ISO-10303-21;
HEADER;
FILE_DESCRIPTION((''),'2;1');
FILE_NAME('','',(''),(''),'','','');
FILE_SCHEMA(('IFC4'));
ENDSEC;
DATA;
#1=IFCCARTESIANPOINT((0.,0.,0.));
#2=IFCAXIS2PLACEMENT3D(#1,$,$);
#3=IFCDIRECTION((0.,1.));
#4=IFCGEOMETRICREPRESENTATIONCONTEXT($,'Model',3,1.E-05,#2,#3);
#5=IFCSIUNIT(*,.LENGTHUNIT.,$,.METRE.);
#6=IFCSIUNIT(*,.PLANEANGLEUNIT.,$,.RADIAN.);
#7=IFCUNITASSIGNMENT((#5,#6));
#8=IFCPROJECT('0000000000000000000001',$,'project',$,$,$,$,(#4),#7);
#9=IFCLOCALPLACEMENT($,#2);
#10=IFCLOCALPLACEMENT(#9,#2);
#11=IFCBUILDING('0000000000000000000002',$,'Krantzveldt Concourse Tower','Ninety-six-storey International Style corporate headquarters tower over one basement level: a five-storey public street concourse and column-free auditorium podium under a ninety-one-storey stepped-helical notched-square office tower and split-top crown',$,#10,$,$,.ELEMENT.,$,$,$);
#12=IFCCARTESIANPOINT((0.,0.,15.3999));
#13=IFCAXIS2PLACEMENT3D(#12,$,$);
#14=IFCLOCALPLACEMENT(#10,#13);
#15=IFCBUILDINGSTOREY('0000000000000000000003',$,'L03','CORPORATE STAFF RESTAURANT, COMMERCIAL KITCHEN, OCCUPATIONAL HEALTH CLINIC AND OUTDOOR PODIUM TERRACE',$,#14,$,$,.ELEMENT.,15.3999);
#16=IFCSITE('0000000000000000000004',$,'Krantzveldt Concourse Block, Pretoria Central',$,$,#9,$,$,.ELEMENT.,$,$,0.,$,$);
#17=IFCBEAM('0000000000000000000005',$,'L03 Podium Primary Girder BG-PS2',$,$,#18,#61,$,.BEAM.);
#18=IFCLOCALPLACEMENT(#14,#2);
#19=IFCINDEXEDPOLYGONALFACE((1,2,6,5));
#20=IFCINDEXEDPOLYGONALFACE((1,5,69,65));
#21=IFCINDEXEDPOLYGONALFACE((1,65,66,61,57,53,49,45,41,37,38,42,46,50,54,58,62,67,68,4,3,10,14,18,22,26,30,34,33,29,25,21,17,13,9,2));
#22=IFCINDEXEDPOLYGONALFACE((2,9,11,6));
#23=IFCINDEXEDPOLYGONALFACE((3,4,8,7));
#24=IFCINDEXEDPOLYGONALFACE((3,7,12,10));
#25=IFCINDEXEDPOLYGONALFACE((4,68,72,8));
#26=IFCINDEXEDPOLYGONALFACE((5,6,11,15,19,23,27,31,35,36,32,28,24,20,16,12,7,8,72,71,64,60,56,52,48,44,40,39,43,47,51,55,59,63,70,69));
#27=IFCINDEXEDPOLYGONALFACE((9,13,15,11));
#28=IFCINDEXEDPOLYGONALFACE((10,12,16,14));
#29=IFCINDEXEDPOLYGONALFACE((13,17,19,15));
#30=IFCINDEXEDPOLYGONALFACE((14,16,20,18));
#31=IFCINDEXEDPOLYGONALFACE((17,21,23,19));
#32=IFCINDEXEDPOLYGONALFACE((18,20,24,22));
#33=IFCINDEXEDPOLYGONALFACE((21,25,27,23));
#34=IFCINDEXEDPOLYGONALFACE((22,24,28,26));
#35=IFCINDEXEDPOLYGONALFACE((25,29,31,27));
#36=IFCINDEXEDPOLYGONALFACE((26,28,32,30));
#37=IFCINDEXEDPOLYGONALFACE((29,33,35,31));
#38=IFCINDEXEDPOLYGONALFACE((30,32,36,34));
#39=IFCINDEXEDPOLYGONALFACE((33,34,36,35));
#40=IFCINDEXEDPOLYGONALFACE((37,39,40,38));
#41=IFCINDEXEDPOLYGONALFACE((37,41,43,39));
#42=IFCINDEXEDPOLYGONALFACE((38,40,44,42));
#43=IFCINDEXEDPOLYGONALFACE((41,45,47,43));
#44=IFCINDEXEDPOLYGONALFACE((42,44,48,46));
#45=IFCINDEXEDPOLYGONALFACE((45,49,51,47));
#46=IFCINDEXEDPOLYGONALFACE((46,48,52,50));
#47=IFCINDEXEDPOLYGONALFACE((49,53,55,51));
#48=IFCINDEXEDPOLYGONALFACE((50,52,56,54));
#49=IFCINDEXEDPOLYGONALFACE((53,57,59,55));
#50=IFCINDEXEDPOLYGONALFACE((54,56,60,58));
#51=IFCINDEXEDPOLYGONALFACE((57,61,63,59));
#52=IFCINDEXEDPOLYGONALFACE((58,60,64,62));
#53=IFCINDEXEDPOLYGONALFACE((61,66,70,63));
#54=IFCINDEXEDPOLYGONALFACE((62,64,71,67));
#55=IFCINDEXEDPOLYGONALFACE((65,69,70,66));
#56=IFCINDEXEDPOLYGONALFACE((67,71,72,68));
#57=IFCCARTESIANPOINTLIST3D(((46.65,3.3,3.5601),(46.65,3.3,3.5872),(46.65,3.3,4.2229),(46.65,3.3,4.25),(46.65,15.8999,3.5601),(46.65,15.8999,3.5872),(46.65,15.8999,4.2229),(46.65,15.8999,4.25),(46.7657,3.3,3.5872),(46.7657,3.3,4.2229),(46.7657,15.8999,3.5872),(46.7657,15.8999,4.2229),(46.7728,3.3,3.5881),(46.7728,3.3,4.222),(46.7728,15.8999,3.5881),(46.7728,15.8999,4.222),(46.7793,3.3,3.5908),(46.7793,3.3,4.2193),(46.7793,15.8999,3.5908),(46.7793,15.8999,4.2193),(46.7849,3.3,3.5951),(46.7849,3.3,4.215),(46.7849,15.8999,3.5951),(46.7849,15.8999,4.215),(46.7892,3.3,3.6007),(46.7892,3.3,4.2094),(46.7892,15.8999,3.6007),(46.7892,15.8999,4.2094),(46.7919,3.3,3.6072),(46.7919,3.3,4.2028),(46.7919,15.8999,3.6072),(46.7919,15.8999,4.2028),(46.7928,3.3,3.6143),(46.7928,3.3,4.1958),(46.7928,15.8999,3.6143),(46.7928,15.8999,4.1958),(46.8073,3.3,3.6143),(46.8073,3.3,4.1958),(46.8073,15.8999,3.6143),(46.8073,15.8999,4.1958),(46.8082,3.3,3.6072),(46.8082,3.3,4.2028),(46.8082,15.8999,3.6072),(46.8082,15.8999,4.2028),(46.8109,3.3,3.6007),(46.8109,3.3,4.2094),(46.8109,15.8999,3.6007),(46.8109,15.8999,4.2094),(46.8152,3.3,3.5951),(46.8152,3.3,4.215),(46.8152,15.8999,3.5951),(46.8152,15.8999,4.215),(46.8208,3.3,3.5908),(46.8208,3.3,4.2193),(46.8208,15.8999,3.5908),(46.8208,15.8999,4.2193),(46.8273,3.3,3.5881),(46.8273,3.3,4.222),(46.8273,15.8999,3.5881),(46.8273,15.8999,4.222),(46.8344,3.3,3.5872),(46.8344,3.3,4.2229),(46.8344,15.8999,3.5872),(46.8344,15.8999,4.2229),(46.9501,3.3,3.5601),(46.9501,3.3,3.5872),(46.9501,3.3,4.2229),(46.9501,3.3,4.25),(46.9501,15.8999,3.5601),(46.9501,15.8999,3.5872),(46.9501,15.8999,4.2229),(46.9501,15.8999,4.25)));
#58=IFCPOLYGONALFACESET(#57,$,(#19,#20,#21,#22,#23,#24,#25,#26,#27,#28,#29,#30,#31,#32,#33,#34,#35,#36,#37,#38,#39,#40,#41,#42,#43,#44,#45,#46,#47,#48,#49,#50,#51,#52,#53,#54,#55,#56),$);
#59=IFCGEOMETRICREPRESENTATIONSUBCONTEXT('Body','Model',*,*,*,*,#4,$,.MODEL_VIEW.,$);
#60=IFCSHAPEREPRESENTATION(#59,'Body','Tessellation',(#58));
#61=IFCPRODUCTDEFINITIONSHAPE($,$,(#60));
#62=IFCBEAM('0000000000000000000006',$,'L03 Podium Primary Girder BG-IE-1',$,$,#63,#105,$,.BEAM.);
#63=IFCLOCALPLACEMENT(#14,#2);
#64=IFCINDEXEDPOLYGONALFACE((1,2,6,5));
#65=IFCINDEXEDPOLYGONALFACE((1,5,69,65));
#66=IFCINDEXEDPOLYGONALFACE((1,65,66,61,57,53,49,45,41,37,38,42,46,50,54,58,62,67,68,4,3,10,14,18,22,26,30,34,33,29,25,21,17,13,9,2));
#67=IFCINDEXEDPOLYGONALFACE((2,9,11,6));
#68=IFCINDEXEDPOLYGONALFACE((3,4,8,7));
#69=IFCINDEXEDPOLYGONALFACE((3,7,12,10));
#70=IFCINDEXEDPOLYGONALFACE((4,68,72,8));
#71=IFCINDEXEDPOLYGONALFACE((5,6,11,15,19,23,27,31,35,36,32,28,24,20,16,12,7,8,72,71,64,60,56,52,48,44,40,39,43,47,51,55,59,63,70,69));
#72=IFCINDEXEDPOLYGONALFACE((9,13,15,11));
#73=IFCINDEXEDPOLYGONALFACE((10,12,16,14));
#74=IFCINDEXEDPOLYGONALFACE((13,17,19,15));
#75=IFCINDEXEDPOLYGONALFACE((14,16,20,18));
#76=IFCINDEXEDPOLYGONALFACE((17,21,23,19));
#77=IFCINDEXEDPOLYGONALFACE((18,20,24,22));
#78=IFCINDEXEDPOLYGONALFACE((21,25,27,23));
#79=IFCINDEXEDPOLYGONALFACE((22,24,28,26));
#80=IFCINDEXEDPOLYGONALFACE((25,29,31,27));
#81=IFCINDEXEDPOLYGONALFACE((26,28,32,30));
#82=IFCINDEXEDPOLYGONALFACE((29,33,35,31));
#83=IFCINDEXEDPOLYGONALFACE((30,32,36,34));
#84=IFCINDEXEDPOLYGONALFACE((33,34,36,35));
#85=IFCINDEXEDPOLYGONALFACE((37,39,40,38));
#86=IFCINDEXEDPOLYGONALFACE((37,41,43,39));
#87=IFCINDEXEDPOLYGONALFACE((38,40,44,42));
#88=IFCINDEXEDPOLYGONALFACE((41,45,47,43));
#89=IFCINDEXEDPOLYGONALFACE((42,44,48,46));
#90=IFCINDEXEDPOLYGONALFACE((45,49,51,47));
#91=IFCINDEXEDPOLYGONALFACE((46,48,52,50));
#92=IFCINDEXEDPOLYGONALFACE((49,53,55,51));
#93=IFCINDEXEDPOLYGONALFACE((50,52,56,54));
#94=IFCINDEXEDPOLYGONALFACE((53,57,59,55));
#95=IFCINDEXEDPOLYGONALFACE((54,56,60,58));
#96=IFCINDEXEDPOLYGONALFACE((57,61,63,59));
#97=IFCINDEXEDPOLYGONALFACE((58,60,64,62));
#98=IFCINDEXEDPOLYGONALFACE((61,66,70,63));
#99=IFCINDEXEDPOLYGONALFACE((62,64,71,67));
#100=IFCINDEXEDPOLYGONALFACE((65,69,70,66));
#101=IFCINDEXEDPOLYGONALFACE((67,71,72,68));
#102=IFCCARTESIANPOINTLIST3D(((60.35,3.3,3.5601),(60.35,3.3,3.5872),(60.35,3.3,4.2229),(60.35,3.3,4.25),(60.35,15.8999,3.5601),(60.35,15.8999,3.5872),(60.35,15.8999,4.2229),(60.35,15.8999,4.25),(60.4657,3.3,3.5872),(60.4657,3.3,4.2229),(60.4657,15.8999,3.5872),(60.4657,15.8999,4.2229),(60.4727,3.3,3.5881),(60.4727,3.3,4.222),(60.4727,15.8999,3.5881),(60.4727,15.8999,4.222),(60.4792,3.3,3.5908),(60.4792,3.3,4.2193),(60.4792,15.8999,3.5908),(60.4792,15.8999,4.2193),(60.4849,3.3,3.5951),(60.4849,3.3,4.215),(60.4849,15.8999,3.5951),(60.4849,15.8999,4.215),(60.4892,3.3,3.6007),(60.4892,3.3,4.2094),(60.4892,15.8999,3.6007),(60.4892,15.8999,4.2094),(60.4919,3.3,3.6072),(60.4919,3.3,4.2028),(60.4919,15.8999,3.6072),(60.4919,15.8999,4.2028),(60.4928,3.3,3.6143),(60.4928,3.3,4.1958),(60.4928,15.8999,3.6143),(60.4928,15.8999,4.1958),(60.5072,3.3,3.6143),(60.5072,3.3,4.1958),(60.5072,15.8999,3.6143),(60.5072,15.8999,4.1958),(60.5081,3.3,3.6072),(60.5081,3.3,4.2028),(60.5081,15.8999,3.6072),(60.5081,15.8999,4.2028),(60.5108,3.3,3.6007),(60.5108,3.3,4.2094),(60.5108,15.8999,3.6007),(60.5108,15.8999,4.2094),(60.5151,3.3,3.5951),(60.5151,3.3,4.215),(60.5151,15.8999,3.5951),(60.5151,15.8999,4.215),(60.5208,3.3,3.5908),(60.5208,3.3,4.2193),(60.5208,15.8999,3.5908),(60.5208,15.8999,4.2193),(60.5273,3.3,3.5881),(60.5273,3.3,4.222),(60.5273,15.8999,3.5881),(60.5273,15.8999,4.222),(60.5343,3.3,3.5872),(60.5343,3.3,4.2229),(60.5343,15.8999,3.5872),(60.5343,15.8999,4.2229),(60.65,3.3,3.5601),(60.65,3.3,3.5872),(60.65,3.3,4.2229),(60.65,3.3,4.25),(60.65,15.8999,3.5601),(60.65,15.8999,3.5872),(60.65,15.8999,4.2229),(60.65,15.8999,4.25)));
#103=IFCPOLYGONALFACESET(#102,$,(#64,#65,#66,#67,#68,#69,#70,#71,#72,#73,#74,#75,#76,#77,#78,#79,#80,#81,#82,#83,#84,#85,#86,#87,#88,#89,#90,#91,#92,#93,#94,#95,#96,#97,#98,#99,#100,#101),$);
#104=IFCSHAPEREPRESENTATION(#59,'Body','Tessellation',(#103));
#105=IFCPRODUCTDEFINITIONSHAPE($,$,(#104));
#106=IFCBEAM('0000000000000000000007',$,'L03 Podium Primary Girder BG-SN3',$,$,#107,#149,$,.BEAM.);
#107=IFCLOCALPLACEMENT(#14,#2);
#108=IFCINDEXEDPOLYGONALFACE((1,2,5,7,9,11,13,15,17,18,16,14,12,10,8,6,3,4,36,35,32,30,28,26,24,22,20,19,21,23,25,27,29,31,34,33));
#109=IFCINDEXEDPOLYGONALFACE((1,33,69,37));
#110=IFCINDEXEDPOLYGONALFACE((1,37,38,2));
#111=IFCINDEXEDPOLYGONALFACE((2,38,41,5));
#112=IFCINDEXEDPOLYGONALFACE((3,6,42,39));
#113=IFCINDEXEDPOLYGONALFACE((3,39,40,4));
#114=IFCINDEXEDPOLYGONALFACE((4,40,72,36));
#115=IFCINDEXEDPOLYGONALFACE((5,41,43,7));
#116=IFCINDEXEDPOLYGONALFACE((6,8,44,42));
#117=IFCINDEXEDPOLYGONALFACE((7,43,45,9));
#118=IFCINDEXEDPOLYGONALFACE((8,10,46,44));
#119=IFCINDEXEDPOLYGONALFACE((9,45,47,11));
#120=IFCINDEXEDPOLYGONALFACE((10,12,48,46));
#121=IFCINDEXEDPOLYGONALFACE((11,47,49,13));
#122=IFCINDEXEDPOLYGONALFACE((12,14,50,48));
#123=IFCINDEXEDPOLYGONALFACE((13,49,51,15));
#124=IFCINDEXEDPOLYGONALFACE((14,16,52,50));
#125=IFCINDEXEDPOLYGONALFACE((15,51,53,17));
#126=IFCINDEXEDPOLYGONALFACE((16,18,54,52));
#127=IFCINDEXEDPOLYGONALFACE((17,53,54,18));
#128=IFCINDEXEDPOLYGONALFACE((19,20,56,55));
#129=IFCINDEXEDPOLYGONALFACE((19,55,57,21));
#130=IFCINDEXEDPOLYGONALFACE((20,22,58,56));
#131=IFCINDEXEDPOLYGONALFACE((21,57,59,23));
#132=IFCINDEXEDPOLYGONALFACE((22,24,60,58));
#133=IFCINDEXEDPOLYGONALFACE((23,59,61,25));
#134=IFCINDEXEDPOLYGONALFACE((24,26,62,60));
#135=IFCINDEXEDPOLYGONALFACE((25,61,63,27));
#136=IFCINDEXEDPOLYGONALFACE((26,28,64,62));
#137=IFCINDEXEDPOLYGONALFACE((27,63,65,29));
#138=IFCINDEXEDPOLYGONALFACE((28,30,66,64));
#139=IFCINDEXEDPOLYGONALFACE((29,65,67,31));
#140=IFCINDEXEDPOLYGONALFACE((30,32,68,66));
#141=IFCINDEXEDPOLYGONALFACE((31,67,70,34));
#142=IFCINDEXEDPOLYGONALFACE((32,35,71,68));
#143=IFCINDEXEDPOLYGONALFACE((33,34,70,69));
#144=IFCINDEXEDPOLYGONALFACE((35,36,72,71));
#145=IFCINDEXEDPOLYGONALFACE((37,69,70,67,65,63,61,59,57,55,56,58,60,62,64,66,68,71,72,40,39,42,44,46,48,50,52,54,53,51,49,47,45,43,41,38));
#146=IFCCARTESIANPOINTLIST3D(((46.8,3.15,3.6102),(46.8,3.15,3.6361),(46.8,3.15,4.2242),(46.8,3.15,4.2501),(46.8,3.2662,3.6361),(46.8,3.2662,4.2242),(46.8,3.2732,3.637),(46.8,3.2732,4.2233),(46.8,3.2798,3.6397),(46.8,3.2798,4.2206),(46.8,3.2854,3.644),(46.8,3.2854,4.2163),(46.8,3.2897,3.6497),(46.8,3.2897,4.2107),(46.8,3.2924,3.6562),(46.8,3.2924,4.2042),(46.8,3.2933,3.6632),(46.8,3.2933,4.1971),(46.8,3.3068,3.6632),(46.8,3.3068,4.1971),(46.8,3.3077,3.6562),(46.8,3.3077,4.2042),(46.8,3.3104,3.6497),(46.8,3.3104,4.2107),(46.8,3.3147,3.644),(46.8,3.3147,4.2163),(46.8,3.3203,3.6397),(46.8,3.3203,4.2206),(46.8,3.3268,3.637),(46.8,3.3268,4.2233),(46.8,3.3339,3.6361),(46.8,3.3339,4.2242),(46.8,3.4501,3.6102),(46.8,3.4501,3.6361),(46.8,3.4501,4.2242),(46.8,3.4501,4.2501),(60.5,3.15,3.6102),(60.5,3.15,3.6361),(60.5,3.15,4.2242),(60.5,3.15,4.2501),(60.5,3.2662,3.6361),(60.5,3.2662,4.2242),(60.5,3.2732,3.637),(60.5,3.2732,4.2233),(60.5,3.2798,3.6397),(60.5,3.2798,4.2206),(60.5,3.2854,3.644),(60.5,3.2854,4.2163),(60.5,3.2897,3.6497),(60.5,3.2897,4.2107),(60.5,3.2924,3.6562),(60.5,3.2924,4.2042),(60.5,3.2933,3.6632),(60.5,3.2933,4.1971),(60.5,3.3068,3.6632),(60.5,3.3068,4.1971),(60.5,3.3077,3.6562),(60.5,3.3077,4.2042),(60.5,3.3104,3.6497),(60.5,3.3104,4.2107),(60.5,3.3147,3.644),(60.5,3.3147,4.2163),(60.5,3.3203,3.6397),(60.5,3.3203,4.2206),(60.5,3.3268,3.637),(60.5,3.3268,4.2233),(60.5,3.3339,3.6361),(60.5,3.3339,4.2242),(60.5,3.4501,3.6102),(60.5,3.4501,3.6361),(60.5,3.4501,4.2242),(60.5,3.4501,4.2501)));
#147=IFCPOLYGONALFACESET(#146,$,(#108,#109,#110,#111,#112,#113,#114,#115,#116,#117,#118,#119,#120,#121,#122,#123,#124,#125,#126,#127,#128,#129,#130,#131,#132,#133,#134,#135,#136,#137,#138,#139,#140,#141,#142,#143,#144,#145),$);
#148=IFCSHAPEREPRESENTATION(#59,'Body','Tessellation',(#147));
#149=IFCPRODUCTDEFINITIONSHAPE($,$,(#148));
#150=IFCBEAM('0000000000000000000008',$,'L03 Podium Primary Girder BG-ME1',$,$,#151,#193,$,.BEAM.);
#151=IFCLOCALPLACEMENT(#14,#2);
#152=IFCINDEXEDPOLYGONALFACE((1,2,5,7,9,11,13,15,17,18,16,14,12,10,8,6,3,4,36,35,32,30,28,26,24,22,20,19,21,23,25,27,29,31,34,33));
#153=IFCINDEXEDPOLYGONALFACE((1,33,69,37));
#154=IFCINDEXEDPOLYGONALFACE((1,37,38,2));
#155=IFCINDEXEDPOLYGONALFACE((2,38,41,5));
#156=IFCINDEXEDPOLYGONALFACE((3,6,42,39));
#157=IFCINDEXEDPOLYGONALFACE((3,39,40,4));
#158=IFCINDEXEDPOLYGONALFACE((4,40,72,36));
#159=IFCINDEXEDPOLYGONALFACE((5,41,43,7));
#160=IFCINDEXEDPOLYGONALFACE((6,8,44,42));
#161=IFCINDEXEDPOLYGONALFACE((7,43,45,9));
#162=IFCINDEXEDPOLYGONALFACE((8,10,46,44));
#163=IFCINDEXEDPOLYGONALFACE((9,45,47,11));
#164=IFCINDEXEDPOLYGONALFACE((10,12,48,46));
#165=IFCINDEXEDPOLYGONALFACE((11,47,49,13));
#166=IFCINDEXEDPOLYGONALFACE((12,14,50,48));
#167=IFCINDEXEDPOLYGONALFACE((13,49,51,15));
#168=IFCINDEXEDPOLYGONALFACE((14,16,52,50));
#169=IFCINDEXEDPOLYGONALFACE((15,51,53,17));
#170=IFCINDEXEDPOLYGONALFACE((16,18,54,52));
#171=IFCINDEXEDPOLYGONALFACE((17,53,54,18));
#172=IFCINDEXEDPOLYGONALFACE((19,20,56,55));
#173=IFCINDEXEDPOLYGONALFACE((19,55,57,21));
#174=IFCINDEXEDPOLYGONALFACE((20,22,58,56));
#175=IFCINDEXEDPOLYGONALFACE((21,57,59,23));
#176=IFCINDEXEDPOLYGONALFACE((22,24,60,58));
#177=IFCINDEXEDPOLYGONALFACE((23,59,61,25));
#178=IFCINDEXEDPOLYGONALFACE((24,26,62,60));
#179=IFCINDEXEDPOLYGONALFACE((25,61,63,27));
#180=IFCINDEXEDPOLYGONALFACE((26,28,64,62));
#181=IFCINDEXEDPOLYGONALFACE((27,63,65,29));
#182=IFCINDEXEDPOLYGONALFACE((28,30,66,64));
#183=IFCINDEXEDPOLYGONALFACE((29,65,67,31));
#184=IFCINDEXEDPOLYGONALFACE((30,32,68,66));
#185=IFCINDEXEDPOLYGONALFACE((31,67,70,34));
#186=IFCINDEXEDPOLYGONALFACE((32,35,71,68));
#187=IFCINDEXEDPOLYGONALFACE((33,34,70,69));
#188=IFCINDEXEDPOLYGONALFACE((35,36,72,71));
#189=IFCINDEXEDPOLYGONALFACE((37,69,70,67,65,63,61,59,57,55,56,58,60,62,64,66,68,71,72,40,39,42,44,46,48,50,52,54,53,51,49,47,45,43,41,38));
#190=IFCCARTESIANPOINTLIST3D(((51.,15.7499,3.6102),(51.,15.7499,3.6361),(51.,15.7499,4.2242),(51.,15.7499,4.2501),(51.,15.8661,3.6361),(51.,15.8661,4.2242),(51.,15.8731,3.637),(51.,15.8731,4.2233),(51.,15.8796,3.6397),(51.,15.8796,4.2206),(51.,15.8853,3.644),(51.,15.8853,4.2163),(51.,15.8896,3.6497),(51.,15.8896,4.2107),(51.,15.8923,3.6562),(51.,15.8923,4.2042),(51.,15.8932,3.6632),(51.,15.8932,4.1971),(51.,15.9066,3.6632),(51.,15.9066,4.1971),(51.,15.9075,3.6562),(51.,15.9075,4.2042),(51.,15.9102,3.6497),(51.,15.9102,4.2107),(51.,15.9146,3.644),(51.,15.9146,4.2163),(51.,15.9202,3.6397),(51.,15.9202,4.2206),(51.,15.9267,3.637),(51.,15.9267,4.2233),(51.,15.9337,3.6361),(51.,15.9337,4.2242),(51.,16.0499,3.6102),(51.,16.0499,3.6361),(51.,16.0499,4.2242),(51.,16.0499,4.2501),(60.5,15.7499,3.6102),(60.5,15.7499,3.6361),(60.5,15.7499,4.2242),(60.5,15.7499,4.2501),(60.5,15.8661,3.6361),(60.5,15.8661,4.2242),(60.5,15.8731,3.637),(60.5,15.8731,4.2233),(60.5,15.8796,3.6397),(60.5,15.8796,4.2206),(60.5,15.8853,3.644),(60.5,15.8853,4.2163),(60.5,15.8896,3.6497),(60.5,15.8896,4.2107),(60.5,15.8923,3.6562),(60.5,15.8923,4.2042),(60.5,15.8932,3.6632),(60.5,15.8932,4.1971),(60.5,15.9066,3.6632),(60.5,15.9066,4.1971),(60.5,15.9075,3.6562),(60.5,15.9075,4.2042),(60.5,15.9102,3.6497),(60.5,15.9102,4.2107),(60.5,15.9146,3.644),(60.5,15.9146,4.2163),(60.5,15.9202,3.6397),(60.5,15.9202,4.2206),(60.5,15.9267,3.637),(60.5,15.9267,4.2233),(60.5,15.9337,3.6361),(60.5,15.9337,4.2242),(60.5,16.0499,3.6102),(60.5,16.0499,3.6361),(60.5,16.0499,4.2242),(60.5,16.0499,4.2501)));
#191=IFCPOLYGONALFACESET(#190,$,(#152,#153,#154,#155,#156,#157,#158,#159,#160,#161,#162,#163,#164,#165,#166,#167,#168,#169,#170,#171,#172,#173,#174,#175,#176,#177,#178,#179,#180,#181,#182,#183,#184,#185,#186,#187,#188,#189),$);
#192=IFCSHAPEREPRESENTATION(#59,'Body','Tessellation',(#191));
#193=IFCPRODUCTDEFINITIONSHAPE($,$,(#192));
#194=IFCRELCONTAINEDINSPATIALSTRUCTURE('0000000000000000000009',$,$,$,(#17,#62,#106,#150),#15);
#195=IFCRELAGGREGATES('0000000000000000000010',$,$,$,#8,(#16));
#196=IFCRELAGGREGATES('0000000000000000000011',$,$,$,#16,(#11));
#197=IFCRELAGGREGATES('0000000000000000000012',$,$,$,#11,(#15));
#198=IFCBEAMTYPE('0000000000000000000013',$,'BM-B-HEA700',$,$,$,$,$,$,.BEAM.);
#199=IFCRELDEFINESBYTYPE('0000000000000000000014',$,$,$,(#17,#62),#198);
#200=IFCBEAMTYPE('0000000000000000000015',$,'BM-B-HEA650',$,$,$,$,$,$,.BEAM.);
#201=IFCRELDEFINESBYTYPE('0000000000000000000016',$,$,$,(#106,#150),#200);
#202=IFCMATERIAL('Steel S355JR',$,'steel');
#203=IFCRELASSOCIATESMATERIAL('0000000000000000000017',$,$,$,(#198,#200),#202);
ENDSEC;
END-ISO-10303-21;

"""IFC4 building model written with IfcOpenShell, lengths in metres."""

from ifc_helpers import new_model, si_unit, direction, frame, origin, origin_2d, place, context, subcontext, project, spatial, i_section, extrude, source, transform, mapped, material, material_profile, profile_set, type_object, type_shapes, element, save


model = new_model("IFC4")

# Units and contexts
model_context = context("Model", 3, precision=1e-05, world=origin(), true_north=direction((0.0, 1.0)))
body_context = subcontext(model_context, "Body", "Model", "MODEL_VIEW")
ifc_project = project(units=[si_unit("LENGTHUNIT", "METRE"), si_unit("PLANEANGLEUNIT", "RADIAN")], contexts=[model_context])

# Site, building, storey
site_placement = place(None, origin())
site = spatial("IfcSite", under=ifc_project, at=site_placement, Name="Krantzveldt Concourse Block, Pretoria Central", CompositionType="ELEMENT", RefElevation=0.0)
building_placement = place(site_placement, origin())
building = spatial("IfcBuilding", under=site, at=building_placement, Name="Krantzveldt Concourse Tower", Description="Ninety-six-storey International Style corporate headquarters tower over one basement level: a five-storey public street concourse and column-free auditorium podium under a ninety-one-storey stepped-helical notched-square office tower and split-top crown", CompositionType="ELEMENT")
storey_placement = place(building_placement, frame((0.0, 0.0, 15.3999)))
storey = spatial("IfcBuildingStorey", under=building, at=storey_placement, Name="L03", Description="CORPORATE STAFF RESTAURANT, COMMERCIAL KITCHEN, OCCUPATIONAL HEALTH CLINIC AND OUTDOOR PODIUM TERRACE", CompositionType="ELEMENT", Elevation=15.3999)

# Beams
ifc_material_1 = material(Name="Steel S355JR", Category="steel")
ifc_material_profile_1 = material_profile(ifc_material_1, i_section(OverallWidth=0.3, OverallDepth=0.6899, WebThickness=0.0144, FlangeThickness=0.0271, FilletRadius=0.0271, at=origin_2d()), Name="Steel S355JR", Category="steel")
ifc_profile_set_1 = profile_set([ifc_material_profile_1], Name="Steel S355JR - HEA 700")
beam_type_1 = type_object("IfcBeamType", Name="BM-B-HEA700", PredefinedType="BEAM", material=ifc_profile_set_1)
shared_shape_1 = source(origin(), body_context, "Body", "SweptSolid", [
    extrude(i_section(OverallWidth=0.3, OverallDepth=0.6899, WebThickness=0.0144, FlangeThickness=0.0271, FilletRadius=0.0271, at=origin_2d()), origin(), (0.0, 0.0, 1.0), 12.5999),
])
for number, where, z_axis, x_axis, name in (
    (1, (46.8, 3.3, 3.905), (0.0, 1.0, 0.0), (-1.0, 0.0, 0.0), "L03 Podium Primary Girder BG-PS2"),
    (2, (60.5, 3.3, 3.905), (0.0, 1.0, 0.0), (-1.0, 0.0, 0.0), "L03 Podium Primary Girder BG-IE-1"),
):
    element("IfcBeam", number, at=place(storey_placement, frame(where, z_axis=z_axis, x_axis=x_axis)), inside=storey, type_object=beam_type_1, Name=name, PredefinedType="BEAM", context=body_context, shape_type="MappedRepresentation", body=[
        mapped(shared_shape_1, transform((0.0, 0.0, 0.0), x_axis=(1.0, 0.0, 0.0), y_axis=(0.0, 1.0, 0.0), z_axis=(0.0, 0.0, 1.0), scale=1.0)),
    ])
ifc_material_profile_2 = material_profile(ifc_material_1, i_section(OverallWidth=0.3, OverallDepth=0.6399, WebThickness=0.0134, FlangeThickness=0.0259, FilletRadius=0.0271, at=origin_2d()), Name="Steel S355JR", Category="steel")
ifc_profile_set_2 = profile_set([ifc_material_profile_2], Name="Steel S355JR - HEA 650")
beam_type_2 = type_object("IfcBeamType", Name="BM-B-HEA650", PredefinedType="BEAM", material=ifc_profile_set_2)
shared_shape_2 = source(origin(), body_context, "Body", "SweptSolid", [
    extrude(i_section(OverallWidth=0.3, OverallDepth=0.6399, WebThickness=0.0134, FlangeThickness=0.0259, FilletRadius=0.0271, at=origin_2d()), origin(), (0.0, 0.0, 1.0), 13.7),
])
beam_1_placement = place(storey_placement, frame((46.8, 3.3, 3.9302), z_axis=(1.0, 0.0, 0.0), x_axis=(0.0, 1.0, 0.0)))
element("IfcBeam", 3, at=beam_1_placement, inside=storey, type_object=beam_type_2, Name="L03 Podium Primary Girder BG-SN3", PredefinedType="BEAM", context=body_context, shape_type="MappedRepresentation", body=[
    mapped(shared_shape_2, transform((0.0, 0.0, 0.0), x_axis=(1.0, 0.0, 0.0), y_axis=(0.0, 1.0, 0.0), z_axis=(0.0, 0.0, 1.0), scale=1.0)),
])
shared_shape_3 = source(origin(), body_context, "Body", "SweptSolid", [
    extrude(i_section(OverallWidth=0.3, OverallDepth=0.6399, WebThickness=0.0134, FlangeThickness=0.0259, FilletRadius=0.0271, at=origin_2d()), origin(), (0.0, 0.0, 1.0), 9.5),
])
type_shapes(beam_type_2, [shared_shape_2, shared_shape_3])
beam_2_placement = place(storey_placement, frame((51.0, 15.8999, 3.9302), z_axis=(1.0, 0.0, 0.0), x_axis=(0.0, 1.0, 0.0)))
element("IfcBeam", 4, at=beam_2_placement, inside=storey, type_object=beam_type_2, Name="L03 Podium Primary Girder BG-ME1", PredefinedType="BEAM", context=body_context, shape_type="MappedRepresentation", body=[
    mapped(shared_shape_3, transform((0.0, 0.0, 0.0), x_axis=(1.0, 0.0, 0.0), y_axis=(0.0, 1.0, 0.0), z_axis=(0.0, 0.0, 1.0), scale=1.0)),
])

save(model, "model.ifc")
